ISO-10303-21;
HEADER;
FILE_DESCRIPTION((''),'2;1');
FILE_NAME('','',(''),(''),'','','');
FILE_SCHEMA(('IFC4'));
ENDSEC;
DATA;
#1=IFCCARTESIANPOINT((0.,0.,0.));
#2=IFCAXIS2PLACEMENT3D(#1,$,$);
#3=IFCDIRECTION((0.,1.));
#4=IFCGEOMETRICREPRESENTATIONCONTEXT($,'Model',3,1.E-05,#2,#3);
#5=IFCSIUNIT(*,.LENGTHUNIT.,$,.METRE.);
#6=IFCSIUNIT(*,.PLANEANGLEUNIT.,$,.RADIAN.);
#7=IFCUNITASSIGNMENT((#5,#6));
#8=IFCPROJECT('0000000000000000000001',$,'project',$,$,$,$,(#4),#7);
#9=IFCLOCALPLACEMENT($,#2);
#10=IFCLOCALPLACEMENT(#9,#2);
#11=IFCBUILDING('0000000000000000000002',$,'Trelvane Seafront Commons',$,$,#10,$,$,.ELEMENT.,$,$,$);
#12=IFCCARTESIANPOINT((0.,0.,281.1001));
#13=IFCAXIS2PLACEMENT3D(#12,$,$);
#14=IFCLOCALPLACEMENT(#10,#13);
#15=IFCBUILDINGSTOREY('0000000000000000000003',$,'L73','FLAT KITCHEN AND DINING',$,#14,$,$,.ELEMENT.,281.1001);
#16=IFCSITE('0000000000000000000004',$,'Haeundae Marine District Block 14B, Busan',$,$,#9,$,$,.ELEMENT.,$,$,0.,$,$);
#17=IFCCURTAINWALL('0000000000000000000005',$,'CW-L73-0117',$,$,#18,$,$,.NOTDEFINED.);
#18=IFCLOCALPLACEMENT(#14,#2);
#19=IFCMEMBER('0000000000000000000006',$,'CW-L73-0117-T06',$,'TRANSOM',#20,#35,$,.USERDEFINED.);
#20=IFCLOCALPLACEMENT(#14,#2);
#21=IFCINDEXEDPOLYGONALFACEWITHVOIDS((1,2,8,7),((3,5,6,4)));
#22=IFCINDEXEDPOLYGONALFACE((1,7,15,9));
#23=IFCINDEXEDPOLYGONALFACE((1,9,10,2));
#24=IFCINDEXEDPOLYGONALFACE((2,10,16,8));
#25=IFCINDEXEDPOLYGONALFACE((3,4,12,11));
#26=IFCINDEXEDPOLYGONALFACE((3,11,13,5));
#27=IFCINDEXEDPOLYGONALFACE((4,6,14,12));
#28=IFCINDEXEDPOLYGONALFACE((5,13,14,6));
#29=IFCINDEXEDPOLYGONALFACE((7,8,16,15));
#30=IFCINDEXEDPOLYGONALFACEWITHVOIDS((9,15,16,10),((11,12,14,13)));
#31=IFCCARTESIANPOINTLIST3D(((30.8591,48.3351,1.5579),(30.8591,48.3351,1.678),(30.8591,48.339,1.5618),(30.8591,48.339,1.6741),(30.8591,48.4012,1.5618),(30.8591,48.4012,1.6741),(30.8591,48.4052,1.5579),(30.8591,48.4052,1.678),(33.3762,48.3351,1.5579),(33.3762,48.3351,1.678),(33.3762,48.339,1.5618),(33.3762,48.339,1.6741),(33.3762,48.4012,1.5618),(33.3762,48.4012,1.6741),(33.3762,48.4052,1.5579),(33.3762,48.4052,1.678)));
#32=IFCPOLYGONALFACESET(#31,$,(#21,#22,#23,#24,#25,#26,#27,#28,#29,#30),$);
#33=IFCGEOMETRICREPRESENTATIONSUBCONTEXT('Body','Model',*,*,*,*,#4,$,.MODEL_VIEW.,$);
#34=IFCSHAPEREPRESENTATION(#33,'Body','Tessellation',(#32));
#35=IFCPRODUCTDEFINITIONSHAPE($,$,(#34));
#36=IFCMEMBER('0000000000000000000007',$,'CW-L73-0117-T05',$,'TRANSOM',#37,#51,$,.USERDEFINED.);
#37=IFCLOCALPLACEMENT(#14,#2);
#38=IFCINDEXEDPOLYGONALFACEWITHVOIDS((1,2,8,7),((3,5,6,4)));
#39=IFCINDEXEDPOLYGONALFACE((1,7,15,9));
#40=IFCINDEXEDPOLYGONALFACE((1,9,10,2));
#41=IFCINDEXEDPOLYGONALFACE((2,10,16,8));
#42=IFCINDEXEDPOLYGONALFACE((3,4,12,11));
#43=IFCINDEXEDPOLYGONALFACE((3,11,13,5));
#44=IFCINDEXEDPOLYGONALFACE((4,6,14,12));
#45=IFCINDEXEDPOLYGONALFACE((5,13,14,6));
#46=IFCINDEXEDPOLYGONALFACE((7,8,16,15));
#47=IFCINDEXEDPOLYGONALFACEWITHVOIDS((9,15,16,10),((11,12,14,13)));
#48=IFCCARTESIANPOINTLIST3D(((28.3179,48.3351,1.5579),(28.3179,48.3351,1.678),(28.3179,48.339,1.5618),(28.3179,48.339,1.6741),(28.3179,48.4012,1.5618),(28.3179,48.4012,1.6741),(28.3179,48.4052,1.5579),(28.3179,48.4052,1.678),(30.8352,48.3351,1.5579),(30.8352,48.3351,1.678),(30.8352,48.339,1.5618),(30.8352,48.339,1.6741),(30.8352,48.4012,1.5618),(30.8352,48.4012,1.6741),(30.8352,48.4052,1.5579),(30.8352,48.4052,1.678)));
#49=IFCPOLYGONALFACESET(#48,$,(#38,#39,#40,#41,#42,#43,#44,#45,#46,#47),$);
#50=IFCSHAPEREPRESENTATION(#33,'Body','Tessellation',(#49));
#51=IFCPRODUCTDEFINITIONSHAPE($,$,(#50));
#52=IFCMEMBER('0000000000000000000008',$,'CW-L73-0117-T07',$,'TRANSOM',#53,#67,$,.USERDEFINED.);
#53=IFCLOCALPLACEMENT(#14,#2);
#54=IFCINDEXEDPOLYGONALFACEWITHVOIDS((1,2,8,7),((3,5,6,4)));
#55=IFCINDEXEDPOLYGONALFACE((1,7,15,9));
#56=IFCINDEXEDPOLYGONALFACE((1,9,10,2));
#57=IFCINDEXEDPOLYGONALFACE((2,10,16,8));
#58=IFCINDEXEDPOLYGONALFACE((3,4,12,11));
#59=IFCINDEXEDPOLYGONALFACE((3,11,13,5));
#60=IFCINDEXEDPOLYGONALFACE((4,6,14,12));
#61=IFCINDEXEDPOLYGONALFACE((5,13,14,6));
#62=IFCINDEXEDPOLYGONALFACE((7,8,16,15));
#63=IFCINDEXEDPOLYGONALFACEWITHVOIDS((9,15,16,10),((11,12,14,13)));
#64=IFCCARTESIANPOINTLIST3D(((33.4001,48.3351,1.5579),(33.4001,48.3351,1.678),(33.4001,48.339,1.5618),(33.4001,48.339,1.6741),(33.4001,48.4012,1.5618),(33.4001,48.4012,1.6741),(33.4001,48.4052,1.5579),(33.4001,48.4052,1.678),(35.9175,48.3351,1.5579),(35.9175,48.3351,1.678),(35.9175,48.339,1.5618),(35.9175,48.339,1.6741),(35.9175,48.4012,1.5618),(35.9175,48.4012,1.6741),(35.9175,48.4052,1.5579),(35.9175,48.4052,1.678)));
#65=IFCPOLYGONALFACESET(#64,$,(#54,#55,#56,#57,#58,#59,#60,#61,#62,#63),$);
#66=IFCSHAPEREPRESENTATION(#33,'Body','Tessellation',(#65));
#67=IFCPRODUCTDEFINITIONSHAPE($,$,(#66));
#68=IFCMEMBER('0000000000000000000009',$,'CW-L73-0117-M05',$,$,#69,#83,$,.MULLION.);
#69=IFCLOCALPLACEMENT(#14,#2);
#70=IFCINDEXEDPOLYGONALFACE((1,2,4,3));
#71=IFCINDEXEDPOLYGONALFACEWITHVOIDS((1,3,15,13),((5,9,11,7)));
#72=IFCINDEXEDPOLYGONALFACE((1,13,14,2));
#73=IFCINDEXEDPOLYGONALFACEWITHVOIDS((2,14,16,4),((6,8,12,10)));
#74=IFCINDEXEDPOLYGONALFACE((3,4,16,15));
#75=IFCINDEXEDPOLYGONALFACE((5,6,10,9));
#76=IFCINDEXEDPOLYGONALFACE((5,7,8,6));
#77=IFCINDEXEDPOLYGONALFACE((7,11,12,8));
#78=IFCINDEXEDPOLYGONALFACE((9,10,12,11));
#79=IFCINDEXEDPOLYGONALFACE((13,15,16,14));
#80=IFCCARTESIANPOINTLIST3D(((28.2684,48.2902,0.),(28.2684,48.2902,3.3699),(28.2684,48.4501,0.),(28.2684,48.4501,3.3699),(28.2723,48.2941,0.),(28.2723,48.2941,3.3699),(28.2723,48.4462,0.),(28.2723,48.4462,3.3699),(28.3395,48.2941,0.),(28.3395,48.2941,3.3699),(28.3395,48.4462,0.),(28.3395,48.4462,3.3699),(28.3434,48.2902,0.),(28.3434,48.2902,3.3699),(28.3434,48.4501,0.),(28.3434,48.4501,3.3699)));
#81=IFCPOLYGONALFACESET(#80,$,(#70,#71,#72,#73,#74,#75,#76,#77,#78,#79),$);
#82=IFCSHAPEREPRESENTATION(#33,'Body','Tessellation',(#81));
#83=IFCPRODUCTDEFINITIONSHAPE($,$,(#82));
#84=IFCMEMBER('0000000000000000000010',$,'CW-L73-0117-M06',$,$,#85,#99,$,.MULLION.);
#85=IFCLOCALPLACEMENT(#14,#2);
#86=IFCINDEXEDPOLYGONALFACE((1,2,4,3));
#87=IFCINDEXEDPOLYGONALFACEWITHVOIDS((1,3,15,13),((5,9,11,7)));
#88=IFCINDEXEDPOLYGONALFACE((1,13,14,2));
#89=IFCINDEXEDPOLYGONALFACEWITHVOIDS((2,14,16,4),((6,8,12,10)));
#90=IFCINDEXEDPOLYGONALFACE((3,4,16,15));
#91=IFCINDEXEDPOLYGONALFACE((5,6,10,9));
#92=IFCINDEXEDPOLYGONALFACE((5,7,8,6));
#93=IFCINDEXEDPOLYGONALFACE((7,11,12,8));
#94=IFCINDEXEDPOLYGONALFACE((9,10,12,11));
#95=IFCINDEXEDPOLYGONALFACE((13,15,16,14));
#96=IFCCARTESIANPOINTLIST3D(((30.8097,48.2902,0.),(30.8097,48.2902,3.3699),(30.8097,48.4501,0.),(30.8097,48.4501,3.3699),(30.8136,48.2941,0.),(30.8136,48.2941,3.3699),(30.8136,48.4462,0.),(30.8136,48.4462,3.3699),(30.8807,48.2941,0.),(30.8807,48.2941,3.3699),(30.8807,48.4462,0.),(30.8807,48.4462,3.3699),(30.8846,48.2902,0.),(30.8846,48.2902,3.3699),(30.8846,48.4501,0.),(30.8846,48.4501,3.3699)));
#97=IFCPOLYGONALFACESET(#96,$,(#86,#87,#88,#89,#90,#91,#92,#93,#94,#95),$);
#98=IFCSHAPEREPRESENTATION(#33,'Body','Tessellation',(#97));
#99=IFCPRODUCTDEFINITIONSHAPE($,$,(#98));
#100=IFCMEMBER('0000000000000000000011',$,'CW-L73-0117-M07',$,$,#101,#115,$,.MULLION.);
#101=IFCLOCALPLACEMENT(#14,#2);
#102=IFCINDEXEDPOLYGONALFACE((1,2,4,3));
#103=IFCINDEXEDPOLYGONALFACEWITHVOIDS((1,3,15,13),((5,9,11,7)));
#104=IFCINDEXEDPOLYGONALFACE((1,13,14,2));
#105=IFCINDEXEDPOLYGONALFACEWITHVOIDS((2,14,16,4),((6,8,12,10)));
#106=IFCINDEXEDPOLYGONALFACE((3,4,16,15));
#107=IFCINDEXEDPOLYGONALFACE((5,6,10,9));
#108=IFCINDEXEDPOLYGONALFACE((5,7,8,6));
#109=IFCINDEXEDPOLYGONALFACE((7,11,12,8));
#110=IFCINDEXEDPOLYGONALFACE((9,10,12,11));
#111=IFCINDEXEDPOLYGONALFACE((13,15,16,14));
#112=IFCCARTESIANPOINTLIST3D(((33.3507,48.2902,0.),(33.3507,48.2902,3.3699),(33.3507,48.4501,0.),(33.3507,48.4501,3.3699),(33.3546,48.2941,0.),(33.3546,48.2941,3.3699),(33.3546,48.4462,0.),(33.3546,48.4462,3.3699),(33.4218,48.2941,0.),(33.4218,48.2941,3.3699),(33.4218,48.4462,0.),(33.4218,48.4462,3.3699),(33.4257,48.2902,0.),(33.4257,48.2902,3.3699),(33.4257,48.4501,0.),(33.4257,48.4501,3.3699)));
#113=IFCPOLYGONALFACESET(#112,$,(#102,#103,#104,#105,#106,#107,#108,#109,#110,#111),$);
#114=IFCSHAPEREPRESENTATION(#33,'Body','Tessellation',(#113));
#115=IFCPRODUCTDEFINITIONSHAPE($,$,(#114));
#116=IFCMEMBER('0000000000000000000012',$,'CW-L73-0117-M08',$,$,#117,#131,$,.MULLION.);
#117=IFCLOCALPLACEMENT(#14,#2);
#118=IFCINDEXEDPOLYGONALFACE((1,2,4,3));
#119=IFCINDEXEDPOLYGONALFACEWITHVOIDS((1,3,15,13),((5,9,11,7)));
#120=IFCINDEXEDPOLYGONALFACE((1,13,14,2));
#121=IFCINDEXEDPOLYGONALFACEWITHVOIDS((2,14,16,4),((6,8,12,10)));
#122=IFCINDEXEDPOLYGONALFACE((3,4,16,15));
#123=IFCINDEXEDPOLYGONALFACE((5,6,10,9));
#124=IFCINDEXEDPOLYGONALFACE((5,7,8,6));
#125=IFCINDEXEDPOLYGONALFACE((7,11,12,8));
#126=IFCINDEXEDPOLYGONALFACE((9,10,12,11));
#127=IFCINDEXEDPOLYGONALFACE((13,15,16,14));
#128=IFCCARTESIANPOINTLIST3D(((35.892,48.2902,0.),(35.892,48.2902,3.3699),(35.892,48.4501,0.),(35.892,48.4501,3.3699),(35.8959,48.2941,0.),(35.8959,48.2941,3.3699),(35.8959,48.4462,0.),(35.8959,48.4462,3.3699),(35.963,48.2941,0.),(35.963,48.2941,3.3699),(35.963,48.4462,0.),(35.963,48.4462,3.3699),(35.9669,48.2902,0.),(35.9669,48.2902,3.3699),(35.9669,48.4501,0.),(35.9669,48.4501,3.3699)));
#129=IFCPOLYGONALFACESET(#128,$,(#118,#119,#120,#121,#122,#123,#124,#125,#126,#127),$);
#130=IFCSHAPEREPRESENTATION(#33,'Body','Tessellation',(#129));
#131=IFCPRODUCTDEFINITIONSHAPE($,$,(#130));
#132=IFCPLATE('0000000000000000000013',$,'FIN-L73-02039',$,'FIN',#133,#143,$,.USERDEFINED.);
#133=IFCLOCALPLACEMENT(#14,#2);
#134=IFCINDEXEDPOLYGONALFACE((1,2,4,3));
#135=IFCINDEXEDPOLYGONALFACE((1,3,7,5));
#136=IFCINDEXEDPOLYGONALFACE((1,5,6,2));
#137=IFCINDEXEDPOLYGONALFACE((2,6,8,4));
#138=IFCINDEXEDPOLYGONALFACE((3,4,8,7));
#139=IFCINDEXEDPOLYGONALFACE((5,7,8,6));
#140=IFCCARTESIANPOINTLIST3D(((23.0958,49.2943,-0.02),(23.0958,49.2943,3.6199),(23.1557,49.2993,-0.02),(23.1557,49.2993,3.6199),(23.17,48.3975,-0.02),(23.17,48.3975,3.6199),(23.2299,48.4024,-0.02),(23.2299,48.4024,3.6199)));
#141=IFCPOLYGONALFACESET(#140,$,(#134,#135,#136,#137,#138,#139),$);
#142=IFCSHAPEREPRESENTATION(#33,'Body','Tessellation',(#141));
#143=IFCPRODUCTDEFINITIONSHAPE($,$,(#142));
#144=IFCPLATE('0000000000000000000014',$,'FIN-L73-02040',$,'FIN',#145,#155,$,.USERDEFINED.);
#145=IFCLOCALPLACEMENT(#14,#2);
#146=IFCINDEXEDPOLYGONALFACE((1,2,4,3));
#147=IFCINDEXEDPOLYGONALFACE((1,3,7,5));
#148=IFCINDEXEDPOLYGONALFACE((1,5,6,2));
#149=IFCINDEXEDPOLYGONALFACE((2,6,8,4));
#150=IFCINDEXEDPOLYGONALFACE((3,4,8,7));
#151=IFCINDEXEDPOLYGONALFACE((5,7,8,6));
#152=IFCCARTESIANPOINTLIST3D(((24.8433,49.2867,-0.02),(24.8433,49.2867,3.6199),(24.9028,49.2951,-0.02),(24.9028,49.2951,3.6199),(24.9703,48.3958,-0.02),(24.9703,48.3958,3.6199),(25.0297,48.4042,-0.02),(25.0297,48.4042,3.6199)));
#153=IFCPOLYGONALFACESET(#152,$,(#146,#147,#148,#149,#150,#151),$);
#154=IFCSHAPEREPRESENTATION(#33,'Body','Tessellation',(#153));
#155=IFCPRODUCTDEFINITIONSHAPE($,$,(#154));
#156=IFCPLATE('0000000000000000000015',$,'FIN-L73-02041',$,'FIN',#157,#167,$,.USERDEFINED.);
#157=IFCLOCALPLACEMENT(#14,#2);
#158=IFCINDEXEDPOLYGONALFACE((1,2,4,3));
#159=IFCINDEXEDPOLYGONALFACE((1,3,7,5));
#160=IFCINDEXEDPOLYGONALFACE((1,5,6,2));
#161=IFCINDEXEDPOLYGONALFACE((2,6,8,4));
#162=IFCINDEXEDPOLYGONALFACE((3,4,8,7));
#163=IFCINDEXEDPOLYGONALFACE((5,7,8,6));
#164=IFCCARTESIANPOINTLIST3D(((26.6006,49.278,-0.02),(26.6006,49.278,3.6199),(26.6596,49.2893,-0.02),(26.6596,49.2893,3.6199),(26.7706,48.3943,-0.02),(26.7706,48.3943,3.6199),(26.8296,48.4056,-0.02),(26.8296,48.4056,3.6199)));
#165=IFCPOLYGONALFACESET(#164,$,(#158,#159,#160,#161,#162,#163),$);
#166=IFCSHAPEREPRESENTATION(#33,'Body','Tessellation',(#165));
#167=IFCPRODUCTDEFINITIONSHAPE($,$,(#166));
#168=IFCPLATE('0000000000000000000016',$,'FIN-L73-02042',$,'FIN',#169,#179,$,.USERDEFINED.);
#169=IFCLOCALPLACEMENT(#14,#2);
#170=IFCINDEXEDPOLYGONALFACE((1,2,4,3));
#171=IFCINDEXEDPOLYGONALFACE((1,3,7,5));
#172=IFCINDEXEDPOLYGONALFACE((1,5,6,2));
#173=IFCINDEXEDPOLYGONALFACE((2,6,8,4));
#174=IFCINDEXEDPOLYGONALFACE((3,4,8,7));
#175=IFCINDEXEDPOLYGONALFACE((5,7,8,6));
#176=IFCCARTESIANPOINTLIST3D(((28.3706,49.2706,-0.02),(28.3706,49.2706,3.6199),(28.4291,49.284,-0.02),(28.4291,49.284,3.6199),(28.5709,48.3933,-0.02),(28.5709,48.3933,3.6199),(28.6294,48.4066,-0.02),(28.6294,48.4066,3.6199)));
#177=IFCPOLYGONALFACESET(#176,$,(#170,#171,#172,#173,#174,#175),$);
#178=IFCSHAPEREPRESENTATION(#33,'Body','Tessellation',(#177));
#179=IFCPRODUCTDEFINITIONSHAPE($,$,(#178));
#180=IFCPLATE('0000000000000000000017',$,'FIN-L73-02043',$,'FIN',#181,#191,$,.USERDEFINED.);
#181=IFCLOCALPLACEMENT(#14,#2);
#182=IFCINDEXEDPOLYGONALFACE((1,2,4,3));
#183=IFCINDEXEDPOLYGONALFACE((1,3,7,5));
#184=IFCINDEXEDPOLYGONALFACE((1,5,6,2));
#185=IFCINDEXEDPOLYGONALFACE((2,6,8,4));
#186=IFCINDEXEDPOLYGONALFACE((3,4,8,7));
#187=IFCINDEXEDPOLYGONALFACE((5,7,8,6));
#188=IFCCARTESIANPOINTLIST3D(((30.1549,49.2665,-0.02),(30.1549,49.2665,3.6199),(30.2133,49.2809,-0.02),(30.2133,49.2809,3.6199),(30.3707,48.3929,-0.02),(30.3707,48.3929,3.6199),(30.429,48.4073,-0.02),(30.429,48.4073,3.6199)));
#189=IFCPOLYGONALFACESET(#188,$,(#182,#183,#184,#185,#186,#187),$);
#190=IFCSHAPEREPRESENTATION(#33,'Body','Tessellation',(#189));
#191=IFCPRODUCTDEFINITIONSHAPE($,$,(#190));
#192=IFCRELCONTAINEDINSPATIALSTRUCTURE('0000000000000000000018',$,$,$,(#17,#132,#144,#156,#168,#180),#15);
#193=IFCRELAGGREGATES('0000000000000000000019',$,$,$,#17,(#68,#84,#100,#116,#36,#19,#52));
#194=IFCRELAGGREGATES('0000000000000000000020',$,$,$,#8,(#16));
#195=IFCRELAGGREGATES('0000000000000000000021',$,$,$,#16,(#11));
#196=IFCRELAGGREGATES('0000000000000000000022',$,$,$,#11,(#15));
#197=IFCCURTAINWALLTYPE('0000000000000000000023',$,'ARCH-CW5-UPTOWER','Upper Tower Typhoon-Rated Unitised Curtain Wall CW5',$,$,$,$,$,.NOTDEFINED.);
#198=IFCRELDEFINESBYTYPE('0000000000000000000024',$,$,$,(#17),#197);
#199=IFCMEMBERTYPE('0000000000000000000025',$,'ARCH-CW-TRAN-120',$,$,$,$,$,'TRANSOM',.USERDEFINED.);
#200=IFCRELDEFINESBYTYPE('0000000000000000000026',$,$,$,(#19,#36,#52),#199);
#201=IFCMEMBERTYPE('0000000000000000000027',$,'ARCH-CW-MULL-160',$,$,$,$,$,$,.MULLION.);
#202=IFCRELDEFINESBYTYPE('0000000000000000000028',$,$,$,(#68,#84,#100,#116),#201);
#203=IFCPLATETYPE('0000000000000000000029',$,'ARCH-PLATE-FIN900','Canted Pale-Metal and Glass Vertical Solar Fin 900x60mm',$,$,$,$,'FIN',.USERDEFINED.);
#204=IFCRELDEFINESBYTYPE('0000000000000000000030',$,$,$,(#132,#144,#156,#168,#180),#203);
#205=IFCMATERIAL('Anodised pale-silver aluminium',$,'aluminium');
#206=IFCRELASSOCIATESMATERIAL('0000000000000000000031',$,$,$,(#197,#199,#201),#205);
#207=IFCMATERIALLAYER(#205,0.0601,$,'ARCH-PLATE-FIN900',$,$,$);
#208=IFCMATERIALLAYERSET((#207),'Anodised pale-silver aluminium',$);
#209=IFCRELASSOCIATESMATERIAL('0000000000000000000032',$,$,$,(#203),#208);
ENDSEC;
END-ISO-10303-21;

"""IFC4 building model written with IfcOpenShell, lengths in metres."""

from ifc_helpers import new_model, si_unit, direction, frame, origin, origin_2d, place, context, subcontext, project, spatial, rectangle, hollow_rectangle, extrude, source, transform, mapped, material, layer, layer_set, material_profile, profile_set, type_object, element, aggregate, save


model = new_model("IFC4")

# Units and contexts
model_context = context("Model", 3, precision=1e-05, world=origin(), true_north=direction((0.0, 1.0)))
body_context = subcontext(model_context, "Body", "Model", "MODEL_VIEW")
ifc_project = project(units=[si_unit("LENGTHUNIT", "METRE"), si_unit("PLANEANGLEUNIT", "RADIAN")], contexts=[model_context])

# Site, building, storey
site_placement = place(None, origin())
site = spatial("IfcSite", under=ifc_project, at=site_placement, Name="Haeundae Marine District Block 14B, Busan", CompositionType="ELEMENT", RefElevation=0.0)
building_placement = place(site_placement, origin())
building = spatial("IfcBuilding", under=site, at=building_placement, Name="Trelvane Seafront Commons", CompositionType="ELEMENT")
storey_placement = place(building_placement, frame((0.0, 0.0, 281.1001)))
storey = spatial("IfcBuildingStorey", under=building, at=storey_placement, Name="L73", Description="FLAT KITCHEN AND DINING", CompositionType="ELEMENT", Elevation=281.1001)

# Curtain wall, members
ifc_material_1 = material(Name="Anodised pale-silver aluminium", Category="aluminium")
curtain_wall_type = type_object("IfcCurtainWallType", Name="ARCH-CW5-UPTOWER", Description="Upper Tower Typhoon-Rated Unitised Curtain Wall CW5", PredefinedType="NOTDEFINED", material=ifc_material_1)
curtain_wall_placement = place(storey_placement, origin())
curtain_wall = element("IfcCurtainWall", 1, at=curtain_wall_placement, inside=storey, type_object=curtain_wall_type, Name="CW-L73-0117", PredefinedType="NOTDEFINED")
ifc_material_profile_1 = material_profile(ifc_material_1, hollow_rectangle(XDim=0.0701, YDim=0.1201, WallThickness=0.0039, at=origin_2d()), Name="TRAN-70x120x4")
ifc_profile_set_1 = profile_set([ifc_material_profile_1], Name="Anodised pale-silver aluminium")
member_type_1 = type_object("IfcMemberType", Name="ARCH-CW-TRAN-120", ElementType="TRANSOM", PredefinedType="USERDEFINED", material=ifc_profile_set_1)
shared_shape_1 = source(origin(), body_context, "Body", "SweptSolid", [
    extrude(hollow_rectangle(XDim=0.0701, YDim=0.1201, WallThickness=0.0039, at=origin_2d()), origin(), (0.0, 0.0, 1.0), 2.5171),
])
member_1_placement = place(storey_placement, frame((30.8591, 48.3701, 1.6179), z_axis=(1.0, 0.0, 0.0), x_axis=(0.0, 1.0, 0.0)))
member_1 = element("IfcMember", 2, at=member_1_placement, type_object=member_type_1, Name="CW-L73-0117-T06", ObjectType="TRANSOM", PredefinedType="USERDEFINED", context=body_context, shape_type="MappedRepresentation", body=[
    mapped(shared_shape_1, transform((0.0, 0.0, 0.0), x_axis=(1.0, 0.0, 0.0), y_axis=(0.0, 1.0, 0.0), z_axis=(0.0, 0.0, 1.0), scale=1.0)),
])
shared_shape_2 = source(origin(), body_context, "Body", "SweptSolid", [
    extrude(hollow_rectangle(XDim=0.0701, YDim=0.1201, WallThickness=0.0039, at=origin_2d()), origin(), (0.0, 0.0, 1.0), 2.5173),
])
member_2_placement = place(storey_placement, frame((28.3179, 48.3701, 1.6179), z_axis=(1.0, 0.0, 0.0), x_axis=(0.0, 1.0, 0.0)))
member_2 = element("IfcMember", 3, at=member_2_placement, type_object=member_type_1, Name="CW-L73-0117-T05", ObjectType="TRANSOM", PredefinedType="USERDEFINED", context=body_context, shape_type="MappedRepresentation", body=[
    mapped(shared_shape_2, transform((0.0, 0.0, 0.0), x_axis=(1.0, 0.0, 0.0), y_axis=(0.0, 1.0, 0.0), z_axis=(0.0, 0.0, 1.0), scale=1.0)),
])
member_3_placement = place(storey_placement, frame((33.4001, 48.3701, 1.6179), z_axis=(1.0, 0.0, 0.0), x_axis=(0.0, 1.0, 0.0)))
member_3 = element("IfcMember", 4, at=member_3_placement, type_object=member_type_1, Name="CW-L73-0117-T07", ObjectType="TRANSOM", PredefinedType="USERDEFINED", context=body_context, shape_type="MappedRepresentation", body=[
    mapped(shared_shape_2, transform((0.0, 0.0, 0.0), x_axis=(1.0, 0.0, 0.0), y_axis=(0.0, 1.0, 0.0), z_axis=(0.0, 0.0, 1.0), scale=1.0)),
])
ifc_material_profile_2 = material_profile(ifc_material_1, hollow_rectangle(XDim=0.075, YDim=0.1599, WallThickness=0.0039, at=origin_2d()), Name="MULL-75x160x4")
ifc_profile_set_2 = profile_set([ifc_material_profile_2], Name="Anodised pale-silver aluminium")
member_type_2 = type_object("IfcMemberType", Name="ARCH-CW-MULL-160", PredefinedType="MULLION", material=ifc_profile_set_2)
shared_shape_3 = source(origin(), body_context, "Body", "SweptSolid", [
    extrude(hollow_rectangle(XDim=0.075, YDim=0.1599, WallThickness=0.0039, at=origin_2d()), origin(), (0.0, 0.0, 1.0), 3.3699),
])
member_4_placement = place(storey_placement, frame((28.3059, 48.3701, 0.0), z_axis=(0.0, 0.0, 1.0), x_axis=(1.0, 0.0, 0.0)))
member_4 = element("IfcMember", 5, at=member_4_placement, type_object=member_type_2, Name="CW-L73-0117-M05", PredefinedType="MULLION", context=body_context, shape_type="MappedRepresentation", body=[
    mapped(shared_shape_3, transform((0.0, 0.0, 0.0), x_axis=(1.0, 0.0, 0.0), y_axis=(0.0, 1.0, 0.0), z_axis=(0.0, 0.0, 1.0), scale=1.0)),
])
member_5_placement = place(storey_placement, frame((30.8472, 48.3701, 0.0), z_axis=(0.0, 0.0, 1.0), x_axis=(1.0, 0.0, 0.0)))
member_5 = element("IfcMember", 6, at=member_5_placement, type_object=member_type_2, Name="CW-L73-0117-M06", PredefinedType="MULLION", context=body_context, shape_type="MappedRepresentation", body=[
    mapped(shared_shape_3, transform((0.0, 0.0, 0.0), x_axis=(1.0, 0.0, 0.0), y_axis=(0.0, 1.0, 0.0), z_axis=(0.0, 0.0, 1.0), scale=1.0)),
])
member_6_placement = place(storey_placement, frame((33.3882, 48.3701, 0.0), z_axis=(0.0, 0.0, 1.0), x_axis=(1.0, 0.0, 0.0)))
member_6 = element("IfcMember", 7, at=member_6_placement, type_object=member_type_2, Name="CW-L73-0117-M07", PredefinedType="MULLION", context=body_context, shape_type="MappedRepresentation", body=[
    mapped(shared_shape_3, transform((0.0, 0.0, 0.0), x_axis=(1.0, 0.0, 0.0), y_axis=(0.0, 1.0, 0.0), z_axis=(0.0, 0.0, 1.0), scale=1.0)),
])
member_7_placement = place(storey_placement, frame((35.9294, 48.3701, 0.0), z_axis=(0.0, 0.0, 1.0), x_axis=(1.0, 0.0, 0.0)))
member_7 = element("IfcMember", 8, at=member_7_placement, type_object=member_type_2, Name="CW-L73-0117-M08", PredefinedType="MULLION", context=body_context, shape_type="MappedRepresentation", body=[
    mapped(shared_shape_3, transform((0.0, 0.0, 0.0), x_axis=(1.0, 0.0, 0.0), y_axis=(0.0, 1.0, 0.0), z_axis=(0.0, 0.0, 1.0), scale=1.0)),
])

# Plates
ifc_layer_1 = layer(ifc_material_1, 0.0601, Name="ARCH-PLATE-FIN900")
ifc_layer_set_1 = layer_set([ifc_layer_1], Name="Anodised pale-silver aluminium")
plate_type_1 = type_object("IfcPlateType", Name="ARCH-PLATE-FIN900", Description="Canted Pale-Metal and Glass Vertical Solar Fin 900x60mm", ElementType="FIN", PredefinedType="USERDEFINED", material=ifc_layer_set_1)
shared_shape_4 = source(origin(), body_context, "Body", "SweptSolid", [
    extrude(rectangle(XDim=0.8999, YDim=0.0601, at=origin_2d()), origin(), (0.0, 0.0, 1.0), 3.6399),
])
for number, where, z_axis, x_axis, name in (
    (9, (23.1628, 48.8484, -0.02), (0.0, 0.0, 1.0), (-0.082448, 0.996595, 0.0), "FIN-L73-02039"),
    (10, (24.9365, 48.8455, -0.02), (0.0, 0.0, 1.0), (-0.14111, 0.989994, 0.0), "FIN-L73-02040"),
    (11, (26.7151, 48.8418, -0.02), (0.0, 0.0, 1.0), (-0.188888, 0.981999, 0.0), "FIN-L73-02041"),
    (12, (28.5, 48.8386, -0.02), (0.0, 0.0, 1.0), (-0.222563, 0.974918, 0.0), "FIN-L73-02042"),
    (13, (30.292, 48.8369, -0.02), (0.0, 0.0, 1.0), (-0.239789, 0.970825, 0.0), "FIN-L73-02043"),
):
    element("IfcPlate", number, at=place(storey_placement, frame(where, z_axis=z_axis, x_axis=x_axis)), inside=storey, type_object=plate_type_1, Name=name, ObjectType="FIN", PredefinedType="USERDEFINED", context=body_context, shape_type="MappedRepresentation", body=[
        mapped(shared_shape_4, transform((0.0, 0.0, 0.0), x_axis=(1.0, 0.0, 0.0), y_axis=(0.0, 1.0, 0.0), z_axis=(0.0, 0.0, 1.0), scale=1.0)),
    ])

aggregate(curtain_wall, [member_4, member_5, member_6, member_7, member_2, member_1, member_3])

save(model, "model.ifc")
